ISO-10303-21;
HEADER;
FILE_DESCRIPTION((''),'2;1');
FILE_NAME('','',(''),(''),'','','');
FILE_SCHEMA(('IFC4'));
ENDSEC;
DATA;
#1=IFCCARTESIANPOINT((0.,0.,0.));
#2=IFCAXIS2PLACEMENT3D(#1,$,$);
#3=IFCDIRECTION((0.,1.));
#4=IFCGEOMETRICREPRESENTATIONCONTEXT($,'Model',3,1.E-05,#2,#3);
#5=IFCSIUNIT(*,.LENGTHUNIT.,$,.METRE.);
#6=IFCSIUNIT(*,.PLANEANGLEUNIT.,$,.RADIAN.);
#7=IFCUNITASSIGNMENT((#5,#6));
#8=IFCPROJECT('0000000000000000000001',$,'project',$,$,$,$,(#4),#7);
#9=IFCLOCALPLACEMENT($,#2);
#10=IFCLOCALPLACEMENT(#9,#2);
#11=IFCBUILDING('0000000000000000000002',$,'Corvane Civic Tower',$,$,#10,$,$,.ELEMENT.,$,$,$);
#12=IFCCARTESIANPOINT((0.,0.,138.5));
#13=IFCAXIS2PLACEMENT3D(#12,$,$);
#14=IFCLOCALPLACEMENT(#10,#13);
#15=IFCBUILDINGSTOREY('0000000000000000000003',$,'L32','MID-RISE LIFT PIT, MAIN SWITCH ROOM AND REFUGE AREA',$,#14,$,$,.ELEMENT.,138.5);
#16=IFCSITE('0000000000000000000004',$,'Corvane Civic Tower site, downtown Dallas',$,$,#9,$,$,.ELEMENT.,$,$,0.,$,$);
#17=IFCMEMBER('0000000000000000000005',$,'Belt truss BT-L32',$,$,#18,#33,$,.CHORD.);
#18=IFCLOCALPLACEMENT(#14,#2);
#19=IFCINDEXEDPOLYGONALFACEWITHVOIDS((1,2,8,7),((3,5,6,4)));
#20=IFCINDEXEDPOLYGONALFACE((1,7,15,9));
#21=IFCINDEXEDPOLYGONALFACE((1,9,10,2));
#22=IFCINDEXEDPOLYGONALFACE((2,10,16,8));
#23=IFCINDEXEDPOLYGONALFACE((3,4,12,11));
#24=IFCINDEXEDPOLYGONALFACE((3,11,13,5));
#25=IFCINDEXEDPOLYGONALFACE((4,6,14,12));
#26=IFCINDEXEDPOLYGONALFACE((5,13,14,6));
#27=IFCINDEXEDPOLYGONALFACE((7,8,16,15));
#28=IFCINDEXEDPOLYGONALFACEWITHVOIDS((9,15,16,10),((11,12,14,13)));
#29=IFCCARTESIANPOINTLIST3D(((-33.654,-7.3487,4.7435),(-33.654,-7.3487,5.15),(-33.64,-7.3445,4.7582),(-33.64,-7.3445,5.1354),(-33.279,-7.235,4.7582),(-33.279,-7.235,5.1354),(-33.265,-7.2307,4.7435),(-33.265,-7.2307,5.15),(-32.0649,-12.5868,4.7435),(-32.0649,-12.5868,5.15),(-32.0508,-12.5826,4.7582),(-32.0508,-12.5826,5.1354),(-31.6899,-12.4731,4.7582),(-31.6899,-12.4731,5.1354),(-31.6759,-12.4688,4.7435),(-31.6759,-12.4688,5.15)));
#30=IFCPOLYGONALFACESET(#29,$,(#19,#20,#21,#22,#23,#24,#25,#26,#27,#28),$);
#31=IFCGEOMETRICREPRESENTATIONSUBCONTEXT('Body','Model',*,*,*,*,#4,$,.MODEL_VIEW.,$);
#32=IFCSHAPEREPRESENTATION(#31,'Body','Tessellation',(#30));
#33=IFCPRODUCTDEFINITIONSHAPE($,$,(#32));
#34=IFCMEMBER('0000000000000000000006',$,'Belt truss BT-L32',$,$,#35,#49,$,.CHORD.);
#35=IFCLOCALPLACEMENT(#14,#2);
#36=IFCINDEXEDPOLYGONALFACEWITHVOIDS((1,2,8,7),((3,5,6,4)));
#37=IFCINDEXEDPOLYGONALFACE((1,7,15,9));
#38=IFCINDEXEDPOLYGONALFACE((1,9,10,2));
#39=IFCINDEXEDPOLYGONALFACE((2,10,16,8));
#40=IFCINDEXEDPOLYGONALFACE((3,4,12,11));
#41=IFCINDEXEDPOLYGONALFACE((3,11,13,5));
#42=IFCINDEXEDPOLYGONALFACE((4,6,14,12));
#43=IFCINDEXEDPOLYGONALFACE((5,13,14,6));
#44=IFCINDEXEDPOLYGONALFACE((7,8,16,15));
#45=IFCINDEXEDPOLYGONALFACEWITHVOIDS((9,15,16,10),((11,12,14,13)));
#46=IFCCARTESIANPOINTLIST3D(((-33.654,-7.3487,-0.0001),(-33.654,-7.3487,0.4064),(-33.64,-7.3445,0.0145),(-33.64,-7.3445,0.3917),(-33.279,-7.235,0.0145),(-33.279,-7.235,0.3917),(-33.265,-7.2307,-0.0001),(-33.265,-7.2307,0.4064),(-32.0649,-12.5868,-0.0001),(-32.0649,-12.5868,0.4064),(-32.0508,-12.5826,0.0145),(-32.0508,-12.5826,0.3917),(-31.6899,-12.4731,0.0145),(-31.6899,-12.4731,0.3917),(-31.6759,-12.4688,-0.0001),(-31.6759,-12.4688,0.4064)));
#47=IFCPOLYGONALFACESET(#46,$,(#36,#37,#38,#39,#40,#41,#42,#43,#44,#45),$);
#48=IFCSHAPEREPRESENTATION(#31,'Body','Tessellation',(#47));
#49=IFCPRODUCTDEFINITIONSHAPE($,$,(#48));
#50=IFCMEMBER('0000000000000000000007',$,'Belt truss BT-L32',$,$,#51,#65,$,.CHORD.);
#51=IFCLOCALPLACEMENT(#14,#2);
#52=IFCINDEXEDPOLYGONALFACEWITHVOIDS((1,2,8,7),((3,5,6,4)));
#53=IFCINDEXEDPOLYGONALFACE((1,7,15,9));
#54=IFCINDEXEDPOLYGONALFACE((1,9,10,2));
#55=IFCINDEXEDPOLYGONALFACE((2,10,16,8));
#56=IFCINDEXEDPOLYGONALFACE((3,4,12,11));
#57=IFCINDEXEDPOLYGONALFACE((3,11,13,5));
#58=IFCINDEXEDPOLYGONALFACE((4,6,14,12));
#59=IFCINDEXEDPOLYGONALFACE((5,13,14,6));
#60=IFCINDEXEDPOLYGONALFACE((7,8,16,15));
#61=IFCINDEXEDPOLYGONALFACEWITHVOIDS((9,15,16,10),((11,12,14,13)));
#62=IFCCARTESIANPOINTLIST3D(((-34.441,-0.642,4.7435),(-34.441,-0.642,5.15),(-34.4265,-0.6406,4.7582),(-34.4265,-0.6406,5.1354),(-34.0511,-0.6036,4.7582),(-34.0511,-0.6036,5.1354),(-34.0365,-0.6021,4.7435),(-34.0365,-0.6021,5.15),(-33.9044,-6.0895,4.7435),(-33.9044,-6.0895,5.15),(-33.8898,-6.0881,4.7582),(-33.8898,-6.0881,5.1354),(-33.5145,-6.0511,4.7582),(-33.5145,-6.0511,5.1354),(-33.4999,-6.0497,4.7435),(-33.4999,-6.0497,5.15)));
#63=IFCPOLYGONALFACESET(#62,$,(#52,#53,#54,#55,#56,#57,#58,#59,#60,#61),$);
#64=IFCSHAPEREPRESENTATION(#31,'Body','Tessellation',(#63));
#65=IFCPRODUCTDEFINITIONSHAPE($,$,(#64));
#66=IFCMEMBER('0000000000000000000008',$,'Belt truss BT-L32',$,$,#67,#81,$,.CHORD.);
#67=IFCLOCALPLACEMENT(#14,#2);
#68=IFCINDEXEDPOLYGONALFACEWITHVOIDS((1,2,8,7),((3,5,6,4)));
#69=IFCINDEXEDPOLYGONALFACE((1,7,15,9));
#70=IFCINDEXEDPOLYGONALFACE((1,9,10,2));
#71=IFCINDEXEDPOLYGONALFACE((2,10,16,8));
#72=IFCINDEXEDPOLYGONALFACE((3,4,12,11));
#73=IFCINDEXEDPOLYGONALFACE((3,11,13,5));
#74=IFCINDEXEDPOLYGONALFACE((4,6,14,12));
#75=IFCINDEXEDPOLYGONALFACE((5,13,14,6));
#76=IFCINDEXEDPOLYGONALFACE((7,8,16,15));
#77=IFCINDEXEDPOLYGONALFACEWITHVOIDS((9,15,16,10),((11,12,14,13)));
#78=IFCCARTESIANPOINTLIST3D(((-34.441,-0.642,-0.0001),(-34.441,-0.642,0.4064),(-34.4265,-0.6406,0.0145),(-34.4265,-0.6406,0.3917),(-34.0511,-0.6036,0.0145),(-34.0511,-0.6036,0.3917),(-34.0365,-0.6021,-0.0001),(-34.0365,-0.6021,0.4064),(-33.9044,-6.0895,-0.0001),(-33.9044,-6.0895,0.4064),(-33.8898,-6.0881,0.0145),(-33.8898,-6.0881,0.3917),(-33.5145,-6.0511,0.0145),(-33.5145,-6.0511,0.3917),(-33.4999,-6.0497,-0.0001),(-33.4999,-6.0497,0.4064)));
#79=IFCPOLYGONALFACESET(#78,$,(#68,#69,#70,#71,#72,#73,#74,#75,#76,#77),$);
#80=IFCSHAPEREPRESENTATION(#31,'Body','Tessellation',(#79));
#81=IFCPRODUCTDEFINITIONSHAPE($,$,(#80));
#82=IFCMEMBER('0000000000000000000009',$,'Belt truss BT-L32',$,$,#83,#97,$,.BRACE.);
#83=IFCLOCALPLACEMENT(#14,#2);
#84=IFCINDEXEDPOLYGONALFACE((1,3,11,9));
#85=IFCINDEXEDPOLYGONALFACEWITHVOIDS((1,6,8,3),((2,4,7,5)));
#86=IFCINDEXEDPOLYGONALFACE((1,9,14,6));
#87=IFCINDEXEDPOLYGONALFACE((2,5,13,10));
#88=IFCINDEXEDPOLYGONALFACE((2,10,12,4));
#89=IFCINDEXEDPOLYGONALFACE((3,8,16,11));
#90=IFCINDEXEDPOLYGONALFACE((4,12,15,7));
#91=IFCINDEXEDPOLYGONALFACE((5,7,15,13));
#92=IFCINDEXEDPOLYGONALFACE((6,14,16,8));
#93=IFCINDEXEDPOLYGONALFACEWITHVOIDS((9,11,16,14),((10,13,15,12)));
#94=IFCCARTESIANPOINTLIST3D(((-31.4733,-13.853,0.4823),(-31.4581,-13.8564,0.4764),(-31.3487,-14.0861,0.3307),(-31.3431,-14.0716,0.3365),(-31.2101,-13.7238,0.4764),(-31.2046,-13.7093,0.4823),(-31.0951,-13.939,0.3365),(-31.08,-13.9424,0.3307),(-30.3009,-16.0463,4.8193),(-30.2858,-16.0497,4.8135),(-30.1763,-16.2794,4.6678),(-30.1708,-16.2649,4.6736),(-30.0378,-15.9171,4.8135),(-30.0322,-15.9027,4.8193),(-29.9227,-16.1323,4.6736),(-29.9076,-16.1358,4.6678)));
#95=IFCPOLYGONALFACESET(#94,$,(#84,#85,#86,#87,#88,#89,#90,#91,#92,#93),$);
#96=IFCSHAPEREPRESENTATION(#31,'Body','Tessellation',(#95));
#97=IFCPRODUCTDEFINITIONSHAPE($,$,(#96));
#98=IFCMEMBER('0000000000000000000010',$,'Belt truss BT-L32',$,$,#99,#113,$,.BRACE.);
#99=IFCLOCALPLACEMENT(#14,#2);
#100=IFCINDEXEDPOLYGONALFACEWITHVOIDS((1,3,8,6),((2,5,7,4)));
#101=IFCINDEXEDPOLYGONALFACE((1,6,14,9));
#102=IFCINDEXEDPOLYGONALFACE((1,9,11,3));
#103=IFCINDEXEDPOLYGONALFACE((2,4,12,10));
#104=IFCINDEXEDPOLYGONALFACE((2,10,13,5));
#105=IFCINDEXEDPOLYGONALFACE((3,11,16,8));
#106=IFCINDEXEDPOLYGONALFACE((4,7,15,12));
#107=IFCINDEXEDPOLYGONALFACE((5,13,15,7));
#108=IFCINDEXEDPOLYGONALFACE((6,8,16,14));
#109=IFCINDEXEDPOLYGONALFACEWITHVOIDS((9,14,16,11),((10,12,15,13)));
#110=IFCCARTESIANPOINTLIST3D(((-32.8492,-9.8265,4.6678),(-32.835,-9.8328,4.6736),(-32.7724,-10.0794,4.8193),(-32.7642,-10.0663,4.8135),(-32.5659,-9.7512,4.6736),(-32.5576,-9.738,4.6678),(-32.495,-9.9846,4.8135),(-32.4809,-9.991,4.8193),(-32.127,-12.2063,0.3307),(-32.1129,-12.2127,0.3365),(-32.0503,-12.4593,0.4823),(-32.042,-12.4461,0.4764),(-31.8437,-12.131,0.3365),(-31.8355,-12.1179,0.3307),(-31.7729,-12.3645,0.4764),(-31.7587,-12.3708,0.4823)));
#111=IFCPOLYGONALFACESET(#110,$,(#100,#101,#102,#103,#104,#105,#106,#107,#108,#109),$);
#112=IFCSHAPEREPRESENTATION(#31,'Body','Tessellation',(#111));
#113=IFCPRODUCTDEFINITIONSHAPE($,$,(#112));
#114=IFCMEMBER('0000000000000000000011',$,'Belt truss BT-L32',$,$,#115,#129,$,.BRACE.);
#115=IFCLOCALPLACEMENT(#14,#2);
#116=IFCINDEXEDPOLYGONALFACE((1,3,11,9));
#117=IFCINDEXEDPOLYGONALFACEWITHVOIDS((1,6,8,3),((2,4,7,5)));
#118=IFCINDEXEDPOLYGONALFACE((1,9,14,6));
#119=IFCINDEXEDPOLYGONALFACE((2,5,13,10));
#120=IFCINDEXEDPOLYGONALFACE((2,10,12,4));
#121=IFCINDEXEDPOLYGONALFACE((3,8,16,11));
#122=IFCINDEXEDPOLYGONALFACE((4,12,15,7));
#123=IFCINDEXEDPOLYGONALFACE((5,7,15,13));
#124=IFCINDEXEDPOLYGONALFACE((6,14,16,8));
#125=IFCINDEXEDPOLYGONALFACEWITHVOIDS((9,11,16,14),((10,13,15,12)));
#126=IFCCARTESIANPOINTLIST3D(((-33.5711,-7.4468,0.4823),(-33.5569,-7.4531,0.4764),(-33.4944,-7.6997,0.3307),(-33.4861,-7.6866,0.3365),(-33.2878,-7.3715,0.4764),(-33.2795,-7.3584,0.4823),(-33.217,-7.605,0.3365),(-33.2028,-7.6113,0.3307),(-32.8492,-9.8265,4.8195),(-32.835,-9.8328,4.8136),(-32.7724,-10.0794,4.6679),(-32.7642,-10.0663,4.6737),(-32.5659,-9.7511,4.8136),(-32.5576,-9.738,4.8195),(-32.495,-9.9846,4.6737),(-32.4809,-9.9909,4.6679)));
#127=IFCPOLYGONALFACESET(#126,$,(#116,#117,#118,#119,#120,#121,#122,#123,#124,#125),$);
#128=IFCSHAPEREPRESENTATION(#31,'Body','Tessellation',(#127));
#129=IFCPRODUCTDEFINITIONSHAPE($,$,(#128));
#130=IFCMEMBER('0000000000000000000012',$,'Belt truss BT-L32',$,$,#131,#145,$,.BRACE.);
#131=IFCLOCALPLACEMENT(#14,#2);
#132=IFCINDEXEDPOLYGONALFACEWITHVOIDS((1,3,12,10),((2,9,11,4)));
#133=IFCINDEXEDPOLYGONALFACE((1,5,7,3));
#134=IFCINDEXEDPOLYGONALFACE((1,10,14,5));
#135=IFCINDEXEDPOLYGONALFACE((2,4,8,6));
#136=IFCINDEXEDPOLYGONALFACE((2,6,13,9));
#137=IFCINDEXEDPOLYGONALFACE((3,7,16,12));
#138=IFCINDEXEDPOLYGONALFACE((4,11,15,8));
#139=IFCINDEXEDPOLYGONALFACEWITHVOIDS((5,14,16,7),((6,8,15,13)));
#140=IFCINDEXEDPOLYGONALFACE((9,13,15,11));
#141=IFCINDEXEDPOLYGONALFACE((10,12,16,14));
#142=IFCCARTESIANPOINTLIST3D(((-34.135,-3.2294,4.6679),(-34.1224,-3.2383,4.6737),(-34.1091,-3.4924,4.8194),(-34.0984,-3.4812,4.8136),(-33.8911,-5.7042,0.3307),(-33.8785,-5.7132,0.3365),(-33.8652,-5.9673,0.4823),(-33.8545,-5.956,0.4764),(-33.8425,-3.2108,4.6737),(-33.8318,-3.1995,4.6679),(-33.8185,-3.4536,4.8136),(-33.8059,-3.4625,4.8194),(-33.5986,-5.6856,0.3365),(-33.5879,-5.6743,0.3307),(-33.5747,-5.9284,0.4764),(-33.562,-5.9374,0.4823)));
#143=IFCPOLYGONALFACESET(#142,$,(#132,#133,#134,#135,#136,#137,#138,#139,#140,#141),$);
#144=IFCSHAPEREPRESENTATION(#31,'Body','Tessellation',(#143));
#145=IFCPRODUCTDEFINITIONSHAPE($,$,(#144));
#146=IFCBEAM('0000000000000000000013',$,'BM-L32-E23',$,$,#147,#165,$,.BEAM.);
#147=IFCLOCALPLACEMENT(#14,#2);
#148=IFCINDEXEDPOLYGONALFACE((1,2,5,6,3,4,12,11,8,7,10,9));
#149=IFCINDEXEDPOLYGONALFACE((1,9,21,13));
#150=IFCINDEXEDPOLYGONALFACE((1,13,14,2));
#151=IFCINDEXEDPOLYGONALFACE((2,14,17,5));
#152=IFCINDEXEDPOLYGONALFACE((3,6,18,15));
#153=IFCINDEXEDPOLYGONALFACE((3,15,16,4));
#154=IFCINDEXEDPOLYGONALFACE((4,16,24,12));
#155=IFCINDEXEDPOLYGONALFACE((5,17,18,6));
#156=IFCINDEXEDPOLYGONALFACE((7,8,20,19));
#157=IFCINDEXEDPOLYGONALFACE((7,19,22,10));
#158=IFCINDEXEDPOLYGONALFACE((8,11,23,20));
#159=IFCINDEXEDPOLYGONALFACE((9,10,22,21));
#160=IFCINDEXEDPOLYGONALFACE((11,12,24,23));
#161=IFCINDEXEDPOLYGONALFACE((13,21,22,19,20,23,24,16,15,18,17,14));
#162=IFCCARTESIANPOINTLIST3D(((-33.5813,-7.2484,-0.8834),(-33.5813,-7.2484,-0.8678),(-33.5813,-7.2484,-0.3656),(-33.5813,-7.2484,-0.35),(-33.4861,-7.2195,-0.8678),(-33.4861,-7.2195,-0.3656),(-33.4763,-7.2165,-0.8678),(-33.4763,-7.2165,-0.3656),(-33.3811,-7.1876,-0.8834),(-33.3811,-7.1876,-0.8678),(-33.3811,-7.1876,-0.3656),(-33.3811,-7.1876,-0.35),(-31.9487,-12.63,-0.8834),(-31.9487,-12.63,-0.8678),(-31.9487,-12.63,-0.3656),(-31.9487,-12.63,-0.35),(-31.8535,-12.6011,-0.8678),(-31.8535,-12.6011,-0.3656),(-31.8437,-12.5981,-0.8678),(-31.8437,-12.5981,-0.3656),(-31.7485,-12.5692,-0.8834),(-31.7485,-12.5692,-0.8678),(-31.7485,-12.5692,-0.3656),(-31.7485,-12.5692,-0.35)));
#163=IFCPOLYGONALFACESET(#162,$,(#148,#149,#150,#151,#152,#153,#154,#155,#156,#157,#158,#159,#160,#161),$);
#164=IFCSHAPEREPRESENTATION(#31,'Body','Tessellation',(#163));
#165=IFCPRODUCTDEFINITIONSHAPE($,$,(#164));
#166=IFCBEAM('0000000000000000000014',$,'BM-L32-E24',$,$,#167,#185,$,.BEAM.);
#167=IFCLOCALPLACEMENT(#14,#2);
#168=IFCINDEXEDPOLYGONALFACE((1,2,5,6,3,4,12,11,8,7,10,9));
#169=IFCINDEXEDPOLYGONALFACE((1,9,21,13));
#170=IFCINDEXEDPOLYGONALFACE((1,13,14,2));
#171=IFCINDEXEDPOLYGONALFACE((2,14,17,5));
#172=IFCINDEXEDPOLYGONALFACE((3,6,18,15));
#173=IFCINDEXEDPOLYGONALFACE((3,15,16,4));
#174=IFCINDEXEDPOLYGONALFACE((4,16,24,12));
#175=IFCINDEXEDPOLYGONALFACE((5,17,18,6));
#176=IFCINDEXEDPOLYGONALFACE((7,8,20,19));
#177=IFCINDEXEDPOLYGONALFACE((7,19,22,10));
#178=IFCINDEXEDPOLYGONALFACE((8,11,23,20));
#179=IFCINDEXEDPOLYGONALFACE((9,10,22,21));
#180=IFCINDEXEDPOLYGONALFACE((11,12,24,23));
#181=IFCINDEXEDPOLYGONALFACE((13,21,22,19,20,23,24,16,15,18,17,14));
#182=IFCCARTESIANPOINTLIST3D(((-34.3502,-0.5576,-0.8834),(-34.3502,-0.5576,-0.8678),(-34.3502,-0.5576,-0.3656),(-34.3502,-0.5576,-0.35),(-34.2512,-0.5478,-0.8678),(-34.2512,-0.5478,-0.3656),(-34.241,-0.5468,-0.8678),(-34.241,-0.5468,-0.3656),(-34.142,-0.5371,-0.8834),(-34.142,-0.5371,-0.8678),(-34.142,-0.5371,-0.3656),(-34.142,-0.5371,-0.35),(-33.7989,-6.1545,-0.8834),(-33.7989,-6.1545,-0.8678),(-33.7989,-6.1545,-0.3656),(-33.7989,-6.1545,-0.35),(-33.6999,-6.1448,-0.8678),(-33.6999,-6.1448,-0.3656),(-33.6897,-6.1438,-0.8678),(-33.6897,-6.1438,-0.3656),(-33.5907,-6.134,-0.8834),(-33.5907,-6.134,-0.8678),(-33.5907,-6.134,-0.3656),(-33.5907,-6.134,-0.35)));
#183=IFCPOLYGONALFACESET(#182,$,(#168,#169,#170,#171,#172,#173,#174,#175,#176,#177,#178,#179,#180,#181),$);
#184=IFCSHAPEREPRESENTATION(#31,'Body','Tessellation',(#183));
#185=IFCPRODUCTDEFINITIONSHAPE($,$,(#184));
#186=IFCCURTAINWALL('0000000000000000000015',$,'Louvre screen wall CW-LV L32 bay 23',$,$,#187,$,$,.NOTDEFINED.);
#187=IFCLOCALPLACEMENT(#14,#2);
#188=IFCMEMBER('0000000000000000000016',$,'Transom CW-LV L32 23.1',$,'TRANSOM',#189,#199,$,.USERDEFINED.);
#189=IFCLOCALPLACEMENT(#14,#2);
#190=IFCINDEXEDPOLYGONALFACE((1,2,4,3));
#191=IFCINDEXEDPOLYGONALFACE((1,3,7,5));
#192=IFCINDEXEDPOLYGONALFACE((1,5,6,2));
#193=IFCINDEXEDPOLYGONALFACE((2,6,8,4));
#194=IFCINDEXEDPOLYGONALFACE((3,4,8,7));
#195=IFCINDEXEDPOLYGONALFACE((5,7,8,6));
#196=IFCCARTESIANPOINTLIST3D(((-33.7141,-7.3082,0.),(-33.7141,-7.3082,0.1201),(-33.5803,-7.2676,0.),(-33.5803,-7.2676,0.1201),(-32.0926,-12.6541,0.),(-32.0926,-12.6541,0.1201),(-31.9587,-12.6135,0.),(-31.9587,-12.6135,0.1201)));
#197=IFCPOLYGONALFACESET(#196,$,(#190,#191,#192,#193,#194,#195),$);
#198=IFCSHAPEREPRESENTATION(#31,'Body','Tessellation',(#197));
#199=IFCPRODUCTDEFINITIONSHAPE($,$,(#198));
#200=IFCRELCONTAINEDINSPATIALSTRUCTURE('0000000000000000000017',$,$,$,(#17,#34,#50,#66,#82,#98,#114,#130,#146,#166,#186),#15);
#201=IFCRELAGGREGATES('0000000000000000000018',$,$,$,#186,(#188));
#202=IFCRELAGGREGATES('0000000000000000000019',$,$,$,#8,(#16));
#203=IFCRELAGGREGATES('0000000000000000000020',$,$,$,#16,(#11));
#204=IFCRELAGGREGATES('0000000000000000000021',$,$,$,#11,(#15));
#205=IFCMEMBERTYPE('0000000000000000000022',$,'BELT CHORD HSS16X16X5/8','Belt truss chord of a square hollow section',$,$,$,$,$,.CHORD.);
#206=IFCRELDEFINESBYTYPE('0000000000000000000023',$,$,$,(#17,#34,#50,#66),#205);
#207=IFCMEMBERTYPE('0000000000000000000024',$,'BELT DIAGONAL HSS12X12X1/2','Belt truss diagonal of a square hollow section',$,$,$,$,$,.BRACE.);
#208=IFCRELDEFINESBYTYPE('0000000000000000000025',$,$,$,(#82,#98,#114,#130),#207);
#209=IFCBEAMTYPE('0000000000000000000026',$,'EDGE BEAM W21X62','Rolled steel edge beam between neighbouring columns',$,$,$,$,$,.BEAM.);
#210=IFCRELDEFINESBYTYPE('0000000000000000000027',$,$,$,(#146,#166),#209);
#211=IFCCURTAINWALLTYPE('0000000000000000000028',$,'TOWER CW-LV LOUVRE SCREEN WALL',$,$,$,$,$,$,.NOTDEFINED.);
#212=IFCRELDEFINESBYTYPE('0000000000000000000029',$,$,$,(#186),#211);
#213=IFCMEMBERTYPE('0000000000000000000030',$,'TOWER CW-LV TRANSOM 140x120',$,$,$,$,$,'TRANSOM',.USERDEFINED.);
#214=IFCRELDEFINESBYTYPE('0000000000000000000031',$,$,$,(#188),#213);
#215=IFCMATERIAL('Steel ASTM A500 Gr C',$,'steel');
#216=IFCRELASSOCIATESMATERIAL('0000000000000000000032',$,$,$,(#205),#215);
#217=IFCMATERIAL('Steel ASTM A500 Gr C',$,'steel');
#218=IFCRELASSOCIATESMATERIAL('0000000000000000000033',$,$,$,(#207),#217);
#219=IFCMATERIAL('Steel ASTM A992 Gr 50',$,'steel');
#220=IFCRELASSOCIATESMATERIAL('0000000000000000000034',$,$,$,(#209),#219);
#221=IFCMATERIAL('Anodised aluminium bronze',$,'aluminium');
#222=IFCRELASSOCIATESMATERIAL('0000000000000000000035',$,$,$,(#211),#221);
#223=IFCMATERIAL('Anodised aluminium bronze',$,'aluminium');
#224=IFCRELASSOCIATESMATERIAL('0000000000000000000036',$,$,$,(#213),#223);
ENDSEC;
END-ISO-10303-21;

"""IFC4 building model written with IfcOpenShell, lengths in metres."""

from ifc_helpers import new_model, si_unit, direction, frame, origin, origin_2d, place, context, subcontext, project, spatial, rectangle, hollow_rectangle, i_section, extrude, material, material_profile, profile_set, type_object, element, aggregate, save


model = new_model("IFC4")

# Units and contexts
model_context = context("Model", 3, precision=1e-05, world=origin(), true_north=direction((0.0, 1.0)))
body_context = subcontext(model_context, "Body", "Model", "MODEL_VIEW")
ifc_project = project(units=[si_unit("LENGTHUNIT", "METRE"), si_unit("PLANEANGLEUNIT", "RADIAN")], contexts=[model_context])

# Site, building, storey
site_placement = place(None, origin())
site = spatial("IfcSite", under=ifc_project, at=site_placement, Name="Corvane Civic Tower site, downtown Dallas", CompositionType="ELEMENT", RefElevation=0.0)
building_placement = place(site_placement, origin())
building = spatial("IfcBuilding", under=site, at=building_placement, Name="Corvane Civic Tower", CompositionType="ELEMENT")
storey_placement = place(building_placement, frame((0.0, 0.0, 138.5)))
storey = spatial("IfcBuildingStorey", under=building, at=storey_placement, Name="L32", Description="MID-RISE LIFT PIT, MAIN SWITCH ROOM AND REFUGE AREA", CompositionType="ELEMENT", Elevation=138.5)

# Members
ifc_material_1 = material(Name="Steel ASTM A500 Gr C", Category="steel")
ifc_material_profile_1 = material_profile(ifc_material_1, hollow_rectangle(XDim=0.4065, YDim=0.4065, WallThickness=0.0146, at=origin_2d()), Name="HSS16X16X5/8")
ifc_profile_set_1 = profile_set([ifc_material_profile_1], Name="Steel ASTM A500 Gr C")
member_type_1 = type_object("IfcMemberType", Name="BELT CHORD HSS16X16X5/8", Description="Belt truss chord of a square hollow section", PredefinedType="CHORD", material=ifc_profile_set_1)
for number, where, z_axis, x_axis, name in (
    (1, (-31.8704, -12.5278, 4.9468), (-0.290313, 0.956932, 0.0), (-0.956932, -0.290313, 0.0), "Belt truss BT-L32"),
    (2, (-31.8704, -12.5278, 0.2031), (-0.290313, 0.956932, 0.0), (-0.956932, -0.290313, 0.0), "Belt truss BT-L32"),
    (3, (-33.7021, -6.0696, 4.9468), (-0.098033, 0.995183, 0.0), (-0.995183, -0.098033, 0.0), "Belt truss BT-L32"),
    (4, (-33.7021, -6.0696, 0.2031), (-0.098033, 0.995183, 0.0), (-0.995183, -0.098033, 0.0), "Belt truss BT-L32"),
):
    element("IfcMember", number, at=place(storey_placement, frame(where, z_axis=z_axis, x_axis=x_axis)), inside=storey, type_object=member_type_1, Name=name, PredefinedType="CHORD", context=body_context, shape_type="SweptSolid", body=[
        extrude(hollow_rectangle(XDim=0.4065, YDim=0.4065, WallThickness=0.0146, at=origin_2d()), origin(), (0.0, 0.0, 1.0), 5.4739),
    ])
ifc_material_2 = material(Name="Steel ASTM A500 Gr C", Category="steel")
ifc_material_profile_2 = material_profile(ifc_material_2, hollow_rectangle(XDim=0.3047, YDim=0.3047, WallThickness=0.0117, at=origin_2d()), Name="HSS12X12X1/2")
ifc_profile_set_2 = profile_set([ifc_material_profile_2], Name="Steel ASTM A500 Gr C")
member_type_2 = type_object("IfcMemberType", Name="BELT DIAGONAL HSS12X12X1/2", Description="Belt truss diagonal of a square hollow section", PredefinedType="BRACE", material=ifc_profile_set_2)
for number, where, z_axis, x_axis, name in (
    (5, (-31.2766, -13.8977, 0.4065), (0.23449, -0.438705, 0.867498), (0.881923, 0.471393, 0.0), "Belt truss BT-L32"),
    (6, (-31.9429, -12.2886, 0.4065), (-0.144444, 0.476012, 0.867496), (-0.956914, -0.290372, 0.0), "Belt truss BT-L32"),
    (7, (-33.387, -7.5291, 0.4065), (0.1444, -0.475977, 0.867522), (0.956933, 0.29031, 0.0), "Belt truss BT-L32"),
    (8, (-33.7266, -5.8208, 0.4065), (-0.048784, 0.495017, 0.867513), (-0.995179, -0.098075, 0.0), "Belt truss BT-L32"),
):
    element("IfcMember", number, at=place(storey_placement, frame(where, z_axis=z_axis, x_axis=x_axis)), inside=storey, type_object=member_type_2, Name=name, PredefinedType="BRACE", context=body_context, shape_type="SweptSolid", body=[
        extrude(hollow_rectangle(XDim=0.3047, YDim=0.3047, WallThickness=0.0117, at=origin_2d()), origin(), (0.0, 0.0, 1.0), 4.9995),
    ])

# Beams
ifc_material_3 = material(Name="Steel ASTM A992 Gr 50", Category="steel")
ifc_material_profile_3 = material_profile(ifc_material_3, i_section(OverallWidth=0.2092, OverallDepth=0.5334, WebThickness=0.0103, FlangeThickness=0.0156, at=origin_2d()), Name="W21X62")
ifc_profile_set_3 = profile_set([ifc_material_profile_3], Name="Steel ASTM A992 Gr 50")
beam_type = type_object("IfcBeamType", Name="EDGE BEAM W21X62", Description="Rolled steel edge beam between neighbouring columns", PredefinedType="BEAM", material=ifc_profile_set_3)
beam_1_placement = place(storey_placement, frame((-31.8486, -12.5996, -0.6167), z_axis=(-0.290298, 0.956936, 0.0), x_axis=(-0.956936, -0.290298, 0.0)))
element("IfcBeam", 9, at=beam_1_placement, inside=storey, type_object=beam_type, Name="BM-L32-E23", PredefinedType="BEAM", context=body_context, shape_type="SweptSolid", body=[
    extrude(i_section(OverallWidth=0.2092, OverallDepth=0.5334, WebThickness=0.0103, FlangeThickness=0.0156, at=origin_2d()), origin(), (0.0, 0.0, 1.0), 5.6238),
])
beam_2_placement = place(storey_placement, frame((-33.6948, -6.1443, -0.6167), z_axis=(-0.098021, 0.995184, 0.0), x_axis=(-0.995184, -0.098021, 0.0)))
element("IfcBeam", 10, at=beam_2_placement, inside=storey, type_object=beam_type, Name="BM-L32-E24", PredefinedType="BEAM", context=body_context, shape_type="SweptSolid", body=[
    extrude(i_section(OverallWidth=0.2092, OverallDepth=0.5334, WebThickness=0.0103, FlangeThickness=0.0156, at=origin_2d()), origin(), (0.0, 0.0, 1.0), 5.624),
])

# Curtain wall, member
ifc_material_4 = material(Name="Anodised aluminium bronze", Category="aluminium")
curtain_wall_type = type_object("IfcCurtainWallType", Name="TOWER CW-LV LOUVRE SCREEN WALL", PredefinedType="NOTDEFINED", material=ifc_material_4)
curtain_wall_1_placement = place(storey_placement, origin())
curtain_wall_1 = element("IfcCurtainWall", 11, at=curtain_wall_1_placement, inside=storey, type_object=curtain_wall_type, Name="Louvre screen wall CW-LV L32 bay 23", PredefinedType="NOTDEFINED")
ifc_material_5 = material(Name="Anodised aluminium bronze", Category="aluminium")
ifc_material_profile_4 = material_profile(ifc_material_5, rectangle(XDim=0.1399, YDim=0.1201, at=origin_2d()), Name="TOWER CW-LV TRANSOM 140x120")
ifc_profile_set_4 = profile_set([ifc_material_profile_4], Name="Anodised aluminium bronze")
member_type_3 = type_object("IfcMemberType", Name="TOWER CW-LV TRANSOM 140x120", ElementType="TRANSOM", PredefinedType="USERDEFINED", material=ifc_profile_set_4)
member_1_placement = place(storey_placement, frame((-32.0256, -12.6338, 0.0601), z_axis=(-0.290269, 0.956945, 0.0), x_axis=(-0.956945, -0.290269, 0.0)))
member_1 = element("IfcMember", 12, at=member_1_placement, type_object=member_type_3, Name="Transom CW-LV L32 23.1", ObjectType="TRANSOM", PredefinedType="USERDEFINED", context=body_context, shape_type="SweptSolid", body=[
    extrude(rectangle(XDim=0.1399, YDim=0.1201, at=origin_2d()), origin(), (0.0, 0.0, 1.0), 5.5864),
])

aggregate(curtain_wall_1, [member_1])

save(model, "model.ifc")
